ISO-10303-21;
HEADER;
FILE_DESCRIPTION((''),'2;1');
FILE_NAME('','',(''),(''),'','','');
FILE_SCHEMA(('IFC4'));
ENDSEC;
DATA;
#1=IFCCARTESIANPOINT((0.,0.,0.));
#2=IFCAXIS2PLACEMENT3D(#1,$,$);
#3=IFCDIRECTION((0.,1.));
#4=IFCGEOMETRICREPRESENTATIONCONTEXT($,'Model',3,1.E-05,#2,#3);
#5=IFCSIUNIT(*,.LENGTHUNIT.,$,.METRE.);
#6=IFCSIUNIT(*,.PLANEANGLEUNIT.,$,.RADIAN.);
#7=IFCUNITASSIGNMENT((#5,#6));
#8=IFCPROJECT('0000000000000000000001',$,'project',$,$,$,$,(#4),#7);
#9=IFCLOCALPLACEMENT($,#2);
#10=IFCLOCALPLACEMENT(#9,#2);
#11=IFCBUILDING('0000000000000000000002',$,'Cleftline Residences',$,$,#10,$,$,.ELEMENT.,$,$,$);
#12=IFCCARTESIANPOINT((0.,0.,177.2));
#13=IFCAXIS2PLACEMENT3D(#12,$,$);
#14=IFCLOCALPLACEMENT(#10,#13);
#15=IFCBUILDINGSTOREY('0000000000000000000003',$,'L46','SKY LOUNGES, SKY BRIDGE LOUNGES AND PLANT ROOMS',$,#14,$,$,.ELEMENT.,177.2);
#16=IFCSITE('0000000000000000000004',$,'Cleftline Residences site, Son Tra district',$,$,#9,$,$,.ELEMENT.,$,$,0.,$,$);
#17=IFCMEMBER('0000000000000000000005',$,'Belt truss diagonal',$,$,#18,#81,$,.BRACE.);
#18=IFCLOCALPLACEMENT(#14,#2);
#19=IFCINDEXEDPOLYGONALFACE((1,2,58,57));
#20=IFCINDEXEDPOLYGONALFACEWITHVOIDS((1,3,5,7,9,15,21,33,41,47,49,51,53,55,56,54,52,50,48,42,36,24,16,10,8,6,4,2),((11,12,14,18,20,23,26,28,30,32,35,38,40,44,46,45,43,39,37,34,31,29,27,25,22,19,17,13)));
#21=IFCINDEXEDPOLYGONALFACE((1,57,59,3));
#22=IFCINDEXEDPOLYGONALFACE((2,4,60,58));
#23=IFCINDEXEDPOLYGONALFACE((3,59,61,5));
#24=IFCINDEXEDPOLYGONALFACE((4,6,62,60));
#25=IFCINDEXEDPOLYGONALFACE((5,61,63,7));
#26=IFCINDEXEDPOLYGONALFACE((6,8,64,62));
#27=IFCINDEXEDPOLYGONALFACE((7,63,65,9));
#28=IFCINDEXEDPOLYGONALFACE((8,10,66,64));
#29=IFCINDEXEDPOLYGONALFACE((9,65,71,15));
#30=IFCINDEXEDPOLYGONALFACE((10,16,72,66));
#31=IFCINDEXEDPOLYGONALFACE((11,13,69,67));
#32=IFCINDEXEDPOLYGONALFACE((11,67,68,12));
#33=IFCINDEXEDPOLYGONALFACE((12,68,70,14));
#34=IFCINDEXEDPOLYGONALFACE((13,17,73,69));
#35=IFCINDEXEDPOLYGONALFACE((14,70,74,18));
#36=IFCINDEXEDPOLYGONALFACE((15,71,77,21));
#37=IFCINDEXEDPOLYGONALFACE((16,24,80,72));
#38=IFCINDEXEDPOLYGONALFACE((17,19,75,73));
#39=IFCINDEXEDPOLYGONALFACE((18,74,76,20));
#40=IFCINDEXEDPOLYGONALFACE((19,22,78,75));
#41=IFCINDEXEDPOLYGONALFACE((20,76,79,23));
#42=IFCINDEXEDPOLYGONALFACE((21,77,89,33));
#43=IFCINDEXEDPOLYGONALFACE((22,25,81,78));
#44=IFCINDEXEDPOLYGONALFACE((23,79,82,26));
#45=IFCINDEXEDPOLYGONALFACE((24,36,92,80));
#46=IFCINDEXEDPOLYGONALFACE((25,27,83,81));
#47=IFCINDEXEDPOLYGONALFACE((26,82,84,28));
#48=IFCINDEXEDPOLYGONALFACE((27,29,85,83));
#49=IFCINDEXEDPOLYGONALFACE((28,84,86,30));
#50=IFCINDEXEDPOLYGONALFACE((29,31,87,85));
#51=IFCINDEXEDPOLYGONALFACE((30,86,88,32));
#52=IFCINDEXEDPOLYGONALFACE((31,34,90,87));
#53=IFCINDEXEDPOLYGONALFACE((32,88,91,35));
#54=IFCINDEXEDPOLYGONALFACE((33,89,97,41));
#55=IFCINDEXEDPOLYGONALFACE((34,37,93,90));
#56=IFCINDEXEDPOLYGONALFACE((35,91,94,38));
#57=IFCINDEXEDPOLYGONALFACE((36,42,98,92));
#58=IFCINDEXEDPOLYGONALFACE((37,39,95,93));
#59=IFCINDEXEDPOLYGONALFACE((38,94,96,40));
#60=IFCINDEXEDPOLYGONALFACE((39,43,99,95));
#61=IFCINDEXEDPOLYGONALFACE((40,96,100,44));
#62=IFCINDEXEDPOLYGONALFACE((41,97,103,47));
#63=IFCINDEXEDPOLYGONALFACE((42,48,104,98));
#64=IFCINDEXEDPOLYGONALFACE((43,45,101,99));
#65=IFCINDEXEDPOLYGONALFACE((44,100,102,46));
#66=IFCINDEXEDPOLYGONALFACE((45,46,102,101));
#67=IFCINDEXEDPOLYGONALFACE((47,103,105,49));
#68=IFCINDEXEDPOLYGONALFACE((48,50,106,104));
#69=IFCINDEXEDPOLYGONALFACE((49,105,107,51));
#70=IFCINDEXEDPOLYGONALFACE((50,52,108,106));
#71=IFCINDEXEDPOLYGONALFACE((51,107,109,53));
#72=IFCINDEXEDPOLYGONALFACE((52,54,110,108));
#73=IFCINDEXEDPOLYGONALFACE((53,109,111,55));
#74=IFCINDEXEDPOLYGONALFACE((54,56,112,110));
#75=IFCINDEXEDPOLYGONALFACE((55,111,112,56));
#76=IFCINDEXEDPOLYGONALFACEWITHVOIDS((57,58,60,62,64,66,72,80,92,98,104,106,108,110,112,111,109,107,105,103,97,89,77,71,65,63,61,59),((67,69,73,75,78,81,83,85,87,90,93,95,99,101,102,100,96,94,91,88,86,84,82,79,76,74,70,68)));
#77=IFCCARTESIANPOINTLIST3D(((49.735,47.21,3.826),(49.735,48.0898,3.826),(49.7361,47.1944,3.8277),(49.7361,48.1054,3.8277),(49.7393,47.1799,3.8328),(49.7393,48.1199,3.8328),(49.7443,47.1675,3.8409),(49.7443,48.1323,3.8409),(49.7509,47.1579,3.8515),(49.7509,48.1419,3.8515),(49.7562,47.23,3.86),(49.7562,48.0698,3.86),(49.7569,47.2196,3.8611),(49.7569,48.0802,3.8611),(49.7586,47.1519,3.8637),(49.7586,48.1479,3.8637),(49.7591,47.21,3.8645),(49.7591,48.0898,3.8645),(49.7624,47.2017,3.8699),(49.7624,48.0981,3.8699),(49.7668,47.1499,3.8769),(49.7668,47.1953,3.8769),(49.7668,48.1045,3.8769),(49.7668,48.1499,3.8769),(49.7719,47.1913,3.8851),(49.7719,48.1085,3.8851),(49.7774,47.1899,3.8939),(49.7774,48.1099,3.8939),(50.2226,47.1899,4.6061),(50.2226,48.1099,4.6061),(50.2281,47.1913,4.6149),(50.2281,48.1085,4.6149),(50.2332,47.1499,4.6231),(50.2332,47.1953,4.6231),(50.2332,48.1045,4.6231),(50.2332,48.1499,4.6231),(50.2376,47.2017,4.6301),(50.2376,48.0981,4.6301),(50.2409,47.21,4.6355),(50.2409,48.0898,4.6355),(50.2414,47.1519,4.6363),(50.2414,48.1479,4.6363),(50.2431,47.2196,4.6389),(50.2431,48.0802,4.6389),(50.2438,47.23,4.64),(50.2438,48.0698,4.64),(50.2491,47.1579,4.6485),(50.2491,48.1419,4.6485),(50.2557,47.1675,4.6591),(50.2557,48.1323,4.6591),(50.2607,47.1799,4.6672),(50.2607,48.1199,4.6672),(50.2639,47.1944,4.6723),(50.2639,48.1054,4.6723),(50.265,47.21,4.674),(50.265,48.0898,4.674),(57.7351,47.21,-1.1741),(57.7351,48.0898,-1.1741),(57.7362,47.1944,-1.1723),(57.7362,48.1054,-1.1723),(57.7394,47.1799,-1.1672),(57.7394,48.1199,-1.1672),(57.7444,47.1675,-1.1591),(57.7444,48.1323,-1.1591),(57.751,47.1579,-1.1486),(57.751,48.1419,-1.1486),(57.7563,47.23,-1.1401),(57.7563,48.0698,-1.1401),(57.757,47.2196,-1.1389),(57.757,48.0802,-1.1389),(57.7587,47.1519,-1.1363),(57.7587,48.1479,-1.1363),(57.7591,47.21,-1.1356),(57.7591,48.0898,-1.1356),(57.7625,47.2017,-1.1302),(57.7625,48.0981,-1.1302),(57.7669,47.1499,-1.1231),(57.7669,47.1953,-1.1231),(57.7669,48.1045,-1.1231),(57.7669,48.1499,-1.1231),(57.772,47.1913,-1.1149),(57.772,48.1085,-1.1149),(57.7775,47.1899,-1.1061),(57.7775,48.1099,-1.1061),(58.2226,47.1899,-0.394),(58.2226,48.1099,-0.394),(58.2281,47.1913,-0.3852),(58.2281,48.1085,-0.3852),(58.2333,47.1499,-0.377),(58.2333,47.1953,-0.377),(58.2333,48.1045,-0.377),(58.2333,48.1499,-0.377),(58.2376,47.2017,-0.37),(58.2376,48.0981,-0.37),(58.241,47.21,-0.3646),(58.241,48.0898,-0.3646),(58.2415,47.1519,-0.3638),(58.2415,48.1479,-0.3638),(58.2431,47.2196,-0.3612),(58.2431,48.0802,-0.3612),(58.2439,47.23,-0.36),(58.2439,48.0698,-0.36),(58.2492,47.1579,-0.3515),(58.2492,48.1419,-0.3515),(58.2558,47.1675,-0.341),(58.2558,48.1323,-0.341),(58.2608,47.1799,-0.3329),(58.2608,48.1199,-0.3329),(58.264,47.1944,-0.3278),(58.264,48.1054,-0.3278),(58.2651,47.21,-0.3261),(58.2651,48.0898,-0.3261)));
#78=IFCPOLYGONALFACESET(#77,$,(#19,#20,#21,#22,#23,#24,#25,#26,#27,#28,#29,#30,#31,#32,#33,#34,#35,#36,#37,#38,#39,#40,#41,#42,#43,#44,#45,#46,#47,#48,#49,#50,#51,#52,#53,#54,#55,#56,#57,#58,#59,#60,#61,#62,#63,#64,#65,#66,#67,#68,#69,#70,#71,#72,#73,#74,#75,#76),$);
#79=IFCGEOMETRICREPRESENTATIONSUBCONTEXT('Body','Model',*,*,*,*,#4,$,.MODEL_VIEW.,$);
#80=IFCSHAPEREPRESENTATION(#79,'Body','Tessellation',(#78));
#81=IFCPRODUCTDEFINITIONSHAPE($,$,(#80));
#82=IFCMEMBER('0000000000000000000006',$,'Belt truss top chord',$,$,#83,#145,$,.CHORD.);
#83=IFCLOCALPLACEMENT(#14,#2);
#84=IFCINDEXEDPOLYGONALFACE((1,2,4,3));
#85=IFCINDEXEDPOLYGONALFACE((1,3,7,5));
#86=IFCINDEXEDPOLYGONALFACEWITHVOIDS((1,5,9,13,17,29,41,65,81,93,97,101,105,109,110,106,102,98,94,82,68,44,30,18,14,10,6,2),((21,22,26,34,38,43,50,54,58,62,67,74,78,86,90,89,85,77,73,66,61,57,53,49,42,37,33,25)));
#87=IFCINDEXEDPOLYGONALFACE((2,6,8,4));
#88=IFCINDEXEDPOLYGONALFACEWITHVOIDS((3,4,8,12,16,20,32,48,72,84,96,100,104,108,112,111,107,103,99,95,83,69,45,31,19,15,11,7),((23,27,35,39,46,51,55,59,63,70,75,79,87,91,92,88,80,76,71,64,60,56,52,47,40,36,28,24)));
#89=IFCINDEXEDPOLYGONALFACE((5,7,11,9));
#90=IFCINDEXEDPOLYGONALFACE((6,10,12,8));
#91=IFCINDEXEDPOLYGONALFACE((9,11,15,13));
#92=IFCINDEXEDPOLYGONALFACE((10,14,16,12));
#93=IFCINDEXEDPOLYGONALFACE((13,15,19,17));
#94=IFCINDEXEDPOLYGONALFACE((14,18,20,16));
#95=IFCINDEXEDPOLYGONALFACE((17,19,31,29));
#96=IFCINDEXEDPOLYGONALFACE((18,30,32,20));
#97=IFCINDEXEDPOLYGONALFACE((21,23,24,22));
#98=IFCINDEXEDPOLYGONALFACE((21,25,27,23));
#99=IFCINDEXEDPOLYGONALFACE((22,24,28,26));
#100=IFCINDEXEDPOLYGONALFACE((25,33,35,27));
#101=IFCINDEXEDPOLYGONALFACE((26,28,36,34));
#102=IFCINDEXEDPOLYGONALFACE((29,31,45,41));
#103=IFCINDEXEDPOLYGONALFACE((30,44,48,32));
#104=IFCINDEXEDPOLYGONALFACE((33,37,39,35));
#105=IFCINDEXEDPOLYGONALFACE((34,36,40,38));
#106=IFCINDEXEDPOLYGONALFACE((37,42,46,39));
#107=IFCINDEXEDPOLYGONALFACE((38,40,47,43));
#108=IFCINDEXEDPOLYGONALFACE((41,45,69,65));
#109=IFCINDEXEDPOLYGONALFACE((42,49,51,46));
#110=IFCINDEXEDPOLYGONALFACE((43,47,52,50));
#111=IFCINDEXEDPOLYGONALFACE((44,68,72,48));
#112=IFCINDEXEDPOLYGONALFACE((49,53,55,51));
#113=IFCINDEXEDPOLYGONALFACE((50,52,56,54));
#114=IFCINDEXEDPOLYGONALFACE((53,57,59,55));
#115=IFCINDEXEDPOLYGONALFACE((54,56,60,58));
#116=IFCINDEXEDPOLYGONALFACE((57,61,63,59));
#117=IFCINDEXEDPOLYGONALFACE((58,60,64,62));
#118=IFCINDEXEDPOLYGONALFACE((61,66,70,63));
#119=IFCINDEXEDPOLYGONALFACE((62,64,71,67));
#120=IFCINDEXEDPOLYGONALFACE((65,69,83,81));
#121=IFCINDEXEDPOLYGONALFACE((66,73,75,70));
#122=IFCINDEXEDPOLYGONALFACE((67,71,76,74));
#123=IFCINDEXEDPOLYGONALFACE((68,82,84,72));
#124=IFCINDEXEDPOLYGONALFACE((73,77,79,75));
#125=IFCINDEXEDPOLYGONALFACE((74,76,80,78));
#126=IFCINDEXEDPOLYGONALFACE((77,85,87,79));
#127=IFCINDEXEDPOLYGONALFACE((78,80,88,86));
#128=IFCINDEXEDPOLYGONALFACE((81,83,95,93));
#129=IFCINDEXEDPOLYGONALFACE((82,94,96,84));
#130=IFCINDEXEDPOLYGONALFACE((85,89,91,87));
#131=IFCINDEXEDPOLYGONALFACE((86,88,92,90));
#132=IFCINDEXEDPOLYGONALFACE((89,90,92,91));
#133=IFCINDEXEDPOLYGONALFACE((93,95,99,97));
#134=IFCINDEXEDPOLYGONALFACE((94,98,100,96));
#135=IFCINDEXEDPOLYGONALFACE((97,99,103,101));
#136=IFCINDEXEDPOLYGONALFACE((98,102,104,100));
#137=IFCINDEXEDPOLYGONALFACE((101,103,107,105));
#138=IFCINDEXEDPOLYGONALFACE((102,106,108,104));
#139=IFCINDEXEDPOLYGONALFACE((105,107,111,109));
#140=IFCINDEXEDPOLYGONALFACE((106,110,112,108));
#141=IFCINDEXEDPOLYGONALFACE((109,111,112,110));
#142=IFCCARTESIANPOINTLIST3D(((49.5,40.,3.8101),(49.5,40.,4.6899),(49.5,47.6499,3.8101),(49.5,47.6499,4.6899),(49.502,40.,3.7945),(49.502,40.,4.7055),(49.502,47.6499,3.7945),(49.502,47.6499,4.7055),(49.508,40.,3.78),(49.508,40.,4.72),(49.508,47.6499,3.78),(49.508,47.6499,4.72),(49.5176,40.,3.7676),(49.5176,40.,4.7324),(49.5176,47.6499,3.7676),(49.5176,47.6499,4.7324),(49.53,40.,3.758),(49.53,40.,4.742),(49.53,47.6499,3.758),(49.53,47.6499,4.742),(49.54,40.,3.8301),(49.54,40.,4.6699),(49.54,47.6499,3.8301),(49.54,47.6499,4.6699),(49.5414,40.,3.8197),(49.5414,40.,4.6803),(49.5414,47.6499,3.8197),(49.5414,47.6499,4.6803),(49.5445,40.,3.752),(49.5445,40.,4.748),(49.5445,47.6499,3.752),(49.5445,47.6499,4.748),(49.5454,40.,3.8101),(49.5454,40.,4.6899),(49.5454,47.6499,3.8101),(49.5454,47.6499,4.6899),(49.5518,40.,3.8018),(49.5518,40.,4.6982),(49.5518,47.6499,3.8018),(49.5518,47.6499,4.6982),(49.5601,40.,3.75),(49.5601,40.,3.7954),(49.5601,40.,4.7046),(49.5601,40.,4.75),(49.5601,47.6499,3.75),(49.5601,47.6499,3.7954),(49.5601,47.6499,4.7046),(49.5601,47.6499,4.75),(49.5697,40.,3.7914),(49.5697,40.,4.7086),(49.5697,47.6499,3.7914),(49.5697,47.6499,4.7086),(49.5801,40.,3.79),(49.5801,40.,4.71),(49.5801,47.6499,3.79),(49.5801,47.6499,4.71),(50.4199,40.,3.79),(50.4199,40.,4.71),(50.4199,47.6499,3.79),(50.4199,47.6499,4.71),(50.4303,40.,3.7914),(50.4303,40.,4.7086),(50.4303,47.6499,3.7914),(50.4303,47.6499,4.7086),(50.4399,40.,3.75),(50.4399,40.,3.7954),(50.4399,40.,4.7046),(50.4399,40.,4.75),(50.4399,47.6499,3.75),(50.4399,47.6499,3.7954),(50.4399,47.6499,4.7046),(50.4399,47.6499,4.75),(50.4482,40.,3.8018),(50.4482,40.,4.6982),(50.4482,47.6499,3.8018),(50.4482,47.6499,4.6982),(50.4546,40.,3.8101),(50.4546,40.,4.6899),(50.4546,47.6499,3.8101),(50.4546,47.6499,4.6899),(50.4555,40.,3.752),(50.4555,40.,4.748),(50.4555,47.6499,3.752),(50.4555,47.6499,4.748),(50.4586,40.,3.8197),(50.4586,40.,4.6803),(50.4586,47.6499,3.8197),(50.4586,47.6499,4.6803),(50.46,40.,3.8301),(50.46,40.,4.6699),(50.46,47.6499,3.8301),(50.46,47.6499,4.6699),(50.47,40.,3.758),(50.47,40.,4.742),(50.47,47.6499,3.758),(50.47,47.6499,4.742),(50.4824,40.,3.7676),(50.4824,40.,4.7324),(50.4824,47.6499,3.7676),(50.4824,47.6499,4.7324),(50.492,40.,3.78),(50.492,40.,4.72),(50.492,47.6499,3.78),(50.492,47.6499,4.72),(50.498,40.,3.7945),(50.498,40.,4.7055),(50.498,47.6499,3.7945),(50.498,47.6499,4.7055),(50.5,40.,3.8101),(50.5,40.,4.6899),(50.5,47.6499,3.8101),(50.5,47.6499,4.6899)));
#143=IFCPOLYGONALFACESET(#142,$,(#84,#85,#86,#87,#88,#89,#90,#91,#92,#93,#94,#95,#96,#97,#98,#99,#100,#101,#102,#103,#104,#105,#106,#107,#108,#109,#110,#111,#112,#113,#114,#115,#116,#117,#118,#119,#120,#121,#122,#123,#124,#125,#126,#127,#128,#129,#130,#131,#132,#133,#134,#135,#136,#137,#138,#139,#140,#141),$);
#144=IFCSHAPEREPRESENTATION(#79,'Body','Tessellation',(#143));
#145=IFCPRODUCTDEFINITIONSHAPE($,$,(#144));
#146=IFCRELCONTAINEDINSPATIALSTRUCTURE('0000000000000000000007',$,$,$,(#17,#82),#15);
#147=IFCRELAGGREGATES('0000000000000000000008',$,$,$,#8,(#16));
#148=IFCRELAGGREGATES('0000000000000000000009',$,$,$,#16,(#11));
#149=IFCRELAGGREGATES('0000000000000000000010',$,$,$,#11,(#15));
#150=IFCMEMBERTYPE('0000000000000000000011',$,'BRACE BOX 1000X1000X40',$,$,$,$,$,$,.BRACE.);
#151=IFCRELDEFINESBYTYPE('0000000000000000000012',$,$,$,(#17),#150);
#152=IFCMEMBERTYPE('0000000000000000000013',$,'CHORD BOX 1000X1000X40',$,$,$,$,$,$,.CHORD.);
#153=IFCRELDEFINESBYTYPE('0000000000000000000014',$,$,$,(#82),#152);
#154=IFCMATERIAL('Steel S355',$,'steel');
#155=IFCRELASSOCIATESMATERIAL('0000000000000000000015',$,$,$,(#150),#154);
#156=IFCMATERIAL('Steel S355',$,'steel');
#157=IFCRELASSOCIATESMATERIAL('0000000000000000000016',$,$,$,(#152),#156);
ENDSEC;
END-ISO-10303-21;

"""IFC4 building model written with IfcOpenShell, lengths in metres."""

from ifc_helpers import new_model, si_unit, direction, frame, origin, origin_2d, place, context, subcontext, project, spatial, hollow_rectangle, extrude, material, material_profile, profile_set, type_object, element, save


model = new_model("IFC4")

# Units and contexts
model_context = context("Model", 3, precision=1e-05, world=origin(), true_north=direction((0.0, 1.0)))
body_context = subcontext(model_context, "Body", "Model", "MODEL_VIEW")
ifc_project = project(units=[si_unit("LENGTHUNIT", "METRE"), si_unit("PLANEANGLEUNIT", "RADIAN")], contexts=[model_context])

# Site, building, storey
site_placement = place(None, origin())
site = spatial("IfcSite", under=ifc_project, at=site_placement, Name="Cleftline Residences site, Son Tra district", CompositionType="ELEMENT", RefElevation=0.0)
building_placement = place(site_placement, origin())
building = spatial("IfcBuilding", under=site, at=building_placement, Name="Cleftline Residences", CompositionType="ELEMENT")
storey_placement = place(building_placement, frame((0.0, 0.0, 177.2)))
storey = spatial("IfcBuildingStorey", under=building, at=storey_placement, Name="L46", Description="SKY LOUNGES, SKY BRIDGE LOUNGES AND PLANT ROOMS", CompositionType="ELEMENT", Elevation=177.2)

# Members
ifc_material_1 = material(Name="Steel S355", Category="steel")
ifc_material_profile_1 = material_profile(ifc_material_1, hollow_rectangle(XDim=1.0, YDim=1.0, WallThickness=0.04, InnerFilletRadius=0.04, OuterFilletRadius=0.0601, at=origin_2d()))
ifc_profile_set_1 = profile_set([ifc_material_profile_1], Name="Steel S355")
member_type_1 = type_object("IfcMemberType", Name="BRACE BOX 1000X1000X40", PredefinedType="BRACE", material=ifc_profile_set_1)
member_1_placement = place(storey_placement, frame((50.0, 47.6499, 4.25), z_axis=(0.847998, 0.0, -0.529999), x_axis=(0.529999, 0.0, 0.847998)))
element("IfcMember", 1, at=member_1_placement, inside=storey, type_object=member_type_1, Name="Belt truss diagonal", PredefinedType="BRACE", context=body_context, shape_type="SweptSolid", body=[
    extrude(hollow_rectangle(XDim=1.0, YDim=1.0, WallThickness=0.04, InnerFilletRadius=0.04, OuterFilletRadius=0.0601, at=origin_2d()), origin(), (0.0, 0.0, 1.0), 9.4341),
])
ifc_material_2 = material(Name="Steel S355", Category="steel")
ifc_material_profile_2 = material_profile(ifc_material_2, hollow_rectangle(XDim=1.0, YDim=1.0, WallThickness=0.04, InnerFilletRadius=0.04, OuterFilletRadius=0.0601, at=origin_2d()))
ifc_profile_set_2 = profile_set([ifc_material_profile_2], Name="Steel S355")
member_type_2 = type_object("IfcMemberType", Name="CHORD BOX 1000X1000X40", PredefinedType="CHORD", material=ifc_profile_set_2)
for number, where, z_axis, x_axis, name in (
    (2, (50.0, 40.0, 4.25), (0.0, 1.0, 0.0), (-1.0, 0.0, 0.0), "Belt truss top chord"),
):
    element("IfcMember", number, at=place(storey_placement, frame(where, z_axis=z_axis, x_axis=x_axis)), inside=storey, type_object=member_type_2, Name=name, PredefinedType="CHORD", context=body_context, shape_type="SweptSolid", body=[
        extrude(hollow_rectangle(XDim=1.0, YDim=1.0, WallThickness=0.04, InnerFilletRadius=0.04, OuterFilletRadius=0.0601, at=origin_2d()), origin(), (0.0, 0.0, 1.0), 7.6499),
    ])

save(model, "model.ifc")
